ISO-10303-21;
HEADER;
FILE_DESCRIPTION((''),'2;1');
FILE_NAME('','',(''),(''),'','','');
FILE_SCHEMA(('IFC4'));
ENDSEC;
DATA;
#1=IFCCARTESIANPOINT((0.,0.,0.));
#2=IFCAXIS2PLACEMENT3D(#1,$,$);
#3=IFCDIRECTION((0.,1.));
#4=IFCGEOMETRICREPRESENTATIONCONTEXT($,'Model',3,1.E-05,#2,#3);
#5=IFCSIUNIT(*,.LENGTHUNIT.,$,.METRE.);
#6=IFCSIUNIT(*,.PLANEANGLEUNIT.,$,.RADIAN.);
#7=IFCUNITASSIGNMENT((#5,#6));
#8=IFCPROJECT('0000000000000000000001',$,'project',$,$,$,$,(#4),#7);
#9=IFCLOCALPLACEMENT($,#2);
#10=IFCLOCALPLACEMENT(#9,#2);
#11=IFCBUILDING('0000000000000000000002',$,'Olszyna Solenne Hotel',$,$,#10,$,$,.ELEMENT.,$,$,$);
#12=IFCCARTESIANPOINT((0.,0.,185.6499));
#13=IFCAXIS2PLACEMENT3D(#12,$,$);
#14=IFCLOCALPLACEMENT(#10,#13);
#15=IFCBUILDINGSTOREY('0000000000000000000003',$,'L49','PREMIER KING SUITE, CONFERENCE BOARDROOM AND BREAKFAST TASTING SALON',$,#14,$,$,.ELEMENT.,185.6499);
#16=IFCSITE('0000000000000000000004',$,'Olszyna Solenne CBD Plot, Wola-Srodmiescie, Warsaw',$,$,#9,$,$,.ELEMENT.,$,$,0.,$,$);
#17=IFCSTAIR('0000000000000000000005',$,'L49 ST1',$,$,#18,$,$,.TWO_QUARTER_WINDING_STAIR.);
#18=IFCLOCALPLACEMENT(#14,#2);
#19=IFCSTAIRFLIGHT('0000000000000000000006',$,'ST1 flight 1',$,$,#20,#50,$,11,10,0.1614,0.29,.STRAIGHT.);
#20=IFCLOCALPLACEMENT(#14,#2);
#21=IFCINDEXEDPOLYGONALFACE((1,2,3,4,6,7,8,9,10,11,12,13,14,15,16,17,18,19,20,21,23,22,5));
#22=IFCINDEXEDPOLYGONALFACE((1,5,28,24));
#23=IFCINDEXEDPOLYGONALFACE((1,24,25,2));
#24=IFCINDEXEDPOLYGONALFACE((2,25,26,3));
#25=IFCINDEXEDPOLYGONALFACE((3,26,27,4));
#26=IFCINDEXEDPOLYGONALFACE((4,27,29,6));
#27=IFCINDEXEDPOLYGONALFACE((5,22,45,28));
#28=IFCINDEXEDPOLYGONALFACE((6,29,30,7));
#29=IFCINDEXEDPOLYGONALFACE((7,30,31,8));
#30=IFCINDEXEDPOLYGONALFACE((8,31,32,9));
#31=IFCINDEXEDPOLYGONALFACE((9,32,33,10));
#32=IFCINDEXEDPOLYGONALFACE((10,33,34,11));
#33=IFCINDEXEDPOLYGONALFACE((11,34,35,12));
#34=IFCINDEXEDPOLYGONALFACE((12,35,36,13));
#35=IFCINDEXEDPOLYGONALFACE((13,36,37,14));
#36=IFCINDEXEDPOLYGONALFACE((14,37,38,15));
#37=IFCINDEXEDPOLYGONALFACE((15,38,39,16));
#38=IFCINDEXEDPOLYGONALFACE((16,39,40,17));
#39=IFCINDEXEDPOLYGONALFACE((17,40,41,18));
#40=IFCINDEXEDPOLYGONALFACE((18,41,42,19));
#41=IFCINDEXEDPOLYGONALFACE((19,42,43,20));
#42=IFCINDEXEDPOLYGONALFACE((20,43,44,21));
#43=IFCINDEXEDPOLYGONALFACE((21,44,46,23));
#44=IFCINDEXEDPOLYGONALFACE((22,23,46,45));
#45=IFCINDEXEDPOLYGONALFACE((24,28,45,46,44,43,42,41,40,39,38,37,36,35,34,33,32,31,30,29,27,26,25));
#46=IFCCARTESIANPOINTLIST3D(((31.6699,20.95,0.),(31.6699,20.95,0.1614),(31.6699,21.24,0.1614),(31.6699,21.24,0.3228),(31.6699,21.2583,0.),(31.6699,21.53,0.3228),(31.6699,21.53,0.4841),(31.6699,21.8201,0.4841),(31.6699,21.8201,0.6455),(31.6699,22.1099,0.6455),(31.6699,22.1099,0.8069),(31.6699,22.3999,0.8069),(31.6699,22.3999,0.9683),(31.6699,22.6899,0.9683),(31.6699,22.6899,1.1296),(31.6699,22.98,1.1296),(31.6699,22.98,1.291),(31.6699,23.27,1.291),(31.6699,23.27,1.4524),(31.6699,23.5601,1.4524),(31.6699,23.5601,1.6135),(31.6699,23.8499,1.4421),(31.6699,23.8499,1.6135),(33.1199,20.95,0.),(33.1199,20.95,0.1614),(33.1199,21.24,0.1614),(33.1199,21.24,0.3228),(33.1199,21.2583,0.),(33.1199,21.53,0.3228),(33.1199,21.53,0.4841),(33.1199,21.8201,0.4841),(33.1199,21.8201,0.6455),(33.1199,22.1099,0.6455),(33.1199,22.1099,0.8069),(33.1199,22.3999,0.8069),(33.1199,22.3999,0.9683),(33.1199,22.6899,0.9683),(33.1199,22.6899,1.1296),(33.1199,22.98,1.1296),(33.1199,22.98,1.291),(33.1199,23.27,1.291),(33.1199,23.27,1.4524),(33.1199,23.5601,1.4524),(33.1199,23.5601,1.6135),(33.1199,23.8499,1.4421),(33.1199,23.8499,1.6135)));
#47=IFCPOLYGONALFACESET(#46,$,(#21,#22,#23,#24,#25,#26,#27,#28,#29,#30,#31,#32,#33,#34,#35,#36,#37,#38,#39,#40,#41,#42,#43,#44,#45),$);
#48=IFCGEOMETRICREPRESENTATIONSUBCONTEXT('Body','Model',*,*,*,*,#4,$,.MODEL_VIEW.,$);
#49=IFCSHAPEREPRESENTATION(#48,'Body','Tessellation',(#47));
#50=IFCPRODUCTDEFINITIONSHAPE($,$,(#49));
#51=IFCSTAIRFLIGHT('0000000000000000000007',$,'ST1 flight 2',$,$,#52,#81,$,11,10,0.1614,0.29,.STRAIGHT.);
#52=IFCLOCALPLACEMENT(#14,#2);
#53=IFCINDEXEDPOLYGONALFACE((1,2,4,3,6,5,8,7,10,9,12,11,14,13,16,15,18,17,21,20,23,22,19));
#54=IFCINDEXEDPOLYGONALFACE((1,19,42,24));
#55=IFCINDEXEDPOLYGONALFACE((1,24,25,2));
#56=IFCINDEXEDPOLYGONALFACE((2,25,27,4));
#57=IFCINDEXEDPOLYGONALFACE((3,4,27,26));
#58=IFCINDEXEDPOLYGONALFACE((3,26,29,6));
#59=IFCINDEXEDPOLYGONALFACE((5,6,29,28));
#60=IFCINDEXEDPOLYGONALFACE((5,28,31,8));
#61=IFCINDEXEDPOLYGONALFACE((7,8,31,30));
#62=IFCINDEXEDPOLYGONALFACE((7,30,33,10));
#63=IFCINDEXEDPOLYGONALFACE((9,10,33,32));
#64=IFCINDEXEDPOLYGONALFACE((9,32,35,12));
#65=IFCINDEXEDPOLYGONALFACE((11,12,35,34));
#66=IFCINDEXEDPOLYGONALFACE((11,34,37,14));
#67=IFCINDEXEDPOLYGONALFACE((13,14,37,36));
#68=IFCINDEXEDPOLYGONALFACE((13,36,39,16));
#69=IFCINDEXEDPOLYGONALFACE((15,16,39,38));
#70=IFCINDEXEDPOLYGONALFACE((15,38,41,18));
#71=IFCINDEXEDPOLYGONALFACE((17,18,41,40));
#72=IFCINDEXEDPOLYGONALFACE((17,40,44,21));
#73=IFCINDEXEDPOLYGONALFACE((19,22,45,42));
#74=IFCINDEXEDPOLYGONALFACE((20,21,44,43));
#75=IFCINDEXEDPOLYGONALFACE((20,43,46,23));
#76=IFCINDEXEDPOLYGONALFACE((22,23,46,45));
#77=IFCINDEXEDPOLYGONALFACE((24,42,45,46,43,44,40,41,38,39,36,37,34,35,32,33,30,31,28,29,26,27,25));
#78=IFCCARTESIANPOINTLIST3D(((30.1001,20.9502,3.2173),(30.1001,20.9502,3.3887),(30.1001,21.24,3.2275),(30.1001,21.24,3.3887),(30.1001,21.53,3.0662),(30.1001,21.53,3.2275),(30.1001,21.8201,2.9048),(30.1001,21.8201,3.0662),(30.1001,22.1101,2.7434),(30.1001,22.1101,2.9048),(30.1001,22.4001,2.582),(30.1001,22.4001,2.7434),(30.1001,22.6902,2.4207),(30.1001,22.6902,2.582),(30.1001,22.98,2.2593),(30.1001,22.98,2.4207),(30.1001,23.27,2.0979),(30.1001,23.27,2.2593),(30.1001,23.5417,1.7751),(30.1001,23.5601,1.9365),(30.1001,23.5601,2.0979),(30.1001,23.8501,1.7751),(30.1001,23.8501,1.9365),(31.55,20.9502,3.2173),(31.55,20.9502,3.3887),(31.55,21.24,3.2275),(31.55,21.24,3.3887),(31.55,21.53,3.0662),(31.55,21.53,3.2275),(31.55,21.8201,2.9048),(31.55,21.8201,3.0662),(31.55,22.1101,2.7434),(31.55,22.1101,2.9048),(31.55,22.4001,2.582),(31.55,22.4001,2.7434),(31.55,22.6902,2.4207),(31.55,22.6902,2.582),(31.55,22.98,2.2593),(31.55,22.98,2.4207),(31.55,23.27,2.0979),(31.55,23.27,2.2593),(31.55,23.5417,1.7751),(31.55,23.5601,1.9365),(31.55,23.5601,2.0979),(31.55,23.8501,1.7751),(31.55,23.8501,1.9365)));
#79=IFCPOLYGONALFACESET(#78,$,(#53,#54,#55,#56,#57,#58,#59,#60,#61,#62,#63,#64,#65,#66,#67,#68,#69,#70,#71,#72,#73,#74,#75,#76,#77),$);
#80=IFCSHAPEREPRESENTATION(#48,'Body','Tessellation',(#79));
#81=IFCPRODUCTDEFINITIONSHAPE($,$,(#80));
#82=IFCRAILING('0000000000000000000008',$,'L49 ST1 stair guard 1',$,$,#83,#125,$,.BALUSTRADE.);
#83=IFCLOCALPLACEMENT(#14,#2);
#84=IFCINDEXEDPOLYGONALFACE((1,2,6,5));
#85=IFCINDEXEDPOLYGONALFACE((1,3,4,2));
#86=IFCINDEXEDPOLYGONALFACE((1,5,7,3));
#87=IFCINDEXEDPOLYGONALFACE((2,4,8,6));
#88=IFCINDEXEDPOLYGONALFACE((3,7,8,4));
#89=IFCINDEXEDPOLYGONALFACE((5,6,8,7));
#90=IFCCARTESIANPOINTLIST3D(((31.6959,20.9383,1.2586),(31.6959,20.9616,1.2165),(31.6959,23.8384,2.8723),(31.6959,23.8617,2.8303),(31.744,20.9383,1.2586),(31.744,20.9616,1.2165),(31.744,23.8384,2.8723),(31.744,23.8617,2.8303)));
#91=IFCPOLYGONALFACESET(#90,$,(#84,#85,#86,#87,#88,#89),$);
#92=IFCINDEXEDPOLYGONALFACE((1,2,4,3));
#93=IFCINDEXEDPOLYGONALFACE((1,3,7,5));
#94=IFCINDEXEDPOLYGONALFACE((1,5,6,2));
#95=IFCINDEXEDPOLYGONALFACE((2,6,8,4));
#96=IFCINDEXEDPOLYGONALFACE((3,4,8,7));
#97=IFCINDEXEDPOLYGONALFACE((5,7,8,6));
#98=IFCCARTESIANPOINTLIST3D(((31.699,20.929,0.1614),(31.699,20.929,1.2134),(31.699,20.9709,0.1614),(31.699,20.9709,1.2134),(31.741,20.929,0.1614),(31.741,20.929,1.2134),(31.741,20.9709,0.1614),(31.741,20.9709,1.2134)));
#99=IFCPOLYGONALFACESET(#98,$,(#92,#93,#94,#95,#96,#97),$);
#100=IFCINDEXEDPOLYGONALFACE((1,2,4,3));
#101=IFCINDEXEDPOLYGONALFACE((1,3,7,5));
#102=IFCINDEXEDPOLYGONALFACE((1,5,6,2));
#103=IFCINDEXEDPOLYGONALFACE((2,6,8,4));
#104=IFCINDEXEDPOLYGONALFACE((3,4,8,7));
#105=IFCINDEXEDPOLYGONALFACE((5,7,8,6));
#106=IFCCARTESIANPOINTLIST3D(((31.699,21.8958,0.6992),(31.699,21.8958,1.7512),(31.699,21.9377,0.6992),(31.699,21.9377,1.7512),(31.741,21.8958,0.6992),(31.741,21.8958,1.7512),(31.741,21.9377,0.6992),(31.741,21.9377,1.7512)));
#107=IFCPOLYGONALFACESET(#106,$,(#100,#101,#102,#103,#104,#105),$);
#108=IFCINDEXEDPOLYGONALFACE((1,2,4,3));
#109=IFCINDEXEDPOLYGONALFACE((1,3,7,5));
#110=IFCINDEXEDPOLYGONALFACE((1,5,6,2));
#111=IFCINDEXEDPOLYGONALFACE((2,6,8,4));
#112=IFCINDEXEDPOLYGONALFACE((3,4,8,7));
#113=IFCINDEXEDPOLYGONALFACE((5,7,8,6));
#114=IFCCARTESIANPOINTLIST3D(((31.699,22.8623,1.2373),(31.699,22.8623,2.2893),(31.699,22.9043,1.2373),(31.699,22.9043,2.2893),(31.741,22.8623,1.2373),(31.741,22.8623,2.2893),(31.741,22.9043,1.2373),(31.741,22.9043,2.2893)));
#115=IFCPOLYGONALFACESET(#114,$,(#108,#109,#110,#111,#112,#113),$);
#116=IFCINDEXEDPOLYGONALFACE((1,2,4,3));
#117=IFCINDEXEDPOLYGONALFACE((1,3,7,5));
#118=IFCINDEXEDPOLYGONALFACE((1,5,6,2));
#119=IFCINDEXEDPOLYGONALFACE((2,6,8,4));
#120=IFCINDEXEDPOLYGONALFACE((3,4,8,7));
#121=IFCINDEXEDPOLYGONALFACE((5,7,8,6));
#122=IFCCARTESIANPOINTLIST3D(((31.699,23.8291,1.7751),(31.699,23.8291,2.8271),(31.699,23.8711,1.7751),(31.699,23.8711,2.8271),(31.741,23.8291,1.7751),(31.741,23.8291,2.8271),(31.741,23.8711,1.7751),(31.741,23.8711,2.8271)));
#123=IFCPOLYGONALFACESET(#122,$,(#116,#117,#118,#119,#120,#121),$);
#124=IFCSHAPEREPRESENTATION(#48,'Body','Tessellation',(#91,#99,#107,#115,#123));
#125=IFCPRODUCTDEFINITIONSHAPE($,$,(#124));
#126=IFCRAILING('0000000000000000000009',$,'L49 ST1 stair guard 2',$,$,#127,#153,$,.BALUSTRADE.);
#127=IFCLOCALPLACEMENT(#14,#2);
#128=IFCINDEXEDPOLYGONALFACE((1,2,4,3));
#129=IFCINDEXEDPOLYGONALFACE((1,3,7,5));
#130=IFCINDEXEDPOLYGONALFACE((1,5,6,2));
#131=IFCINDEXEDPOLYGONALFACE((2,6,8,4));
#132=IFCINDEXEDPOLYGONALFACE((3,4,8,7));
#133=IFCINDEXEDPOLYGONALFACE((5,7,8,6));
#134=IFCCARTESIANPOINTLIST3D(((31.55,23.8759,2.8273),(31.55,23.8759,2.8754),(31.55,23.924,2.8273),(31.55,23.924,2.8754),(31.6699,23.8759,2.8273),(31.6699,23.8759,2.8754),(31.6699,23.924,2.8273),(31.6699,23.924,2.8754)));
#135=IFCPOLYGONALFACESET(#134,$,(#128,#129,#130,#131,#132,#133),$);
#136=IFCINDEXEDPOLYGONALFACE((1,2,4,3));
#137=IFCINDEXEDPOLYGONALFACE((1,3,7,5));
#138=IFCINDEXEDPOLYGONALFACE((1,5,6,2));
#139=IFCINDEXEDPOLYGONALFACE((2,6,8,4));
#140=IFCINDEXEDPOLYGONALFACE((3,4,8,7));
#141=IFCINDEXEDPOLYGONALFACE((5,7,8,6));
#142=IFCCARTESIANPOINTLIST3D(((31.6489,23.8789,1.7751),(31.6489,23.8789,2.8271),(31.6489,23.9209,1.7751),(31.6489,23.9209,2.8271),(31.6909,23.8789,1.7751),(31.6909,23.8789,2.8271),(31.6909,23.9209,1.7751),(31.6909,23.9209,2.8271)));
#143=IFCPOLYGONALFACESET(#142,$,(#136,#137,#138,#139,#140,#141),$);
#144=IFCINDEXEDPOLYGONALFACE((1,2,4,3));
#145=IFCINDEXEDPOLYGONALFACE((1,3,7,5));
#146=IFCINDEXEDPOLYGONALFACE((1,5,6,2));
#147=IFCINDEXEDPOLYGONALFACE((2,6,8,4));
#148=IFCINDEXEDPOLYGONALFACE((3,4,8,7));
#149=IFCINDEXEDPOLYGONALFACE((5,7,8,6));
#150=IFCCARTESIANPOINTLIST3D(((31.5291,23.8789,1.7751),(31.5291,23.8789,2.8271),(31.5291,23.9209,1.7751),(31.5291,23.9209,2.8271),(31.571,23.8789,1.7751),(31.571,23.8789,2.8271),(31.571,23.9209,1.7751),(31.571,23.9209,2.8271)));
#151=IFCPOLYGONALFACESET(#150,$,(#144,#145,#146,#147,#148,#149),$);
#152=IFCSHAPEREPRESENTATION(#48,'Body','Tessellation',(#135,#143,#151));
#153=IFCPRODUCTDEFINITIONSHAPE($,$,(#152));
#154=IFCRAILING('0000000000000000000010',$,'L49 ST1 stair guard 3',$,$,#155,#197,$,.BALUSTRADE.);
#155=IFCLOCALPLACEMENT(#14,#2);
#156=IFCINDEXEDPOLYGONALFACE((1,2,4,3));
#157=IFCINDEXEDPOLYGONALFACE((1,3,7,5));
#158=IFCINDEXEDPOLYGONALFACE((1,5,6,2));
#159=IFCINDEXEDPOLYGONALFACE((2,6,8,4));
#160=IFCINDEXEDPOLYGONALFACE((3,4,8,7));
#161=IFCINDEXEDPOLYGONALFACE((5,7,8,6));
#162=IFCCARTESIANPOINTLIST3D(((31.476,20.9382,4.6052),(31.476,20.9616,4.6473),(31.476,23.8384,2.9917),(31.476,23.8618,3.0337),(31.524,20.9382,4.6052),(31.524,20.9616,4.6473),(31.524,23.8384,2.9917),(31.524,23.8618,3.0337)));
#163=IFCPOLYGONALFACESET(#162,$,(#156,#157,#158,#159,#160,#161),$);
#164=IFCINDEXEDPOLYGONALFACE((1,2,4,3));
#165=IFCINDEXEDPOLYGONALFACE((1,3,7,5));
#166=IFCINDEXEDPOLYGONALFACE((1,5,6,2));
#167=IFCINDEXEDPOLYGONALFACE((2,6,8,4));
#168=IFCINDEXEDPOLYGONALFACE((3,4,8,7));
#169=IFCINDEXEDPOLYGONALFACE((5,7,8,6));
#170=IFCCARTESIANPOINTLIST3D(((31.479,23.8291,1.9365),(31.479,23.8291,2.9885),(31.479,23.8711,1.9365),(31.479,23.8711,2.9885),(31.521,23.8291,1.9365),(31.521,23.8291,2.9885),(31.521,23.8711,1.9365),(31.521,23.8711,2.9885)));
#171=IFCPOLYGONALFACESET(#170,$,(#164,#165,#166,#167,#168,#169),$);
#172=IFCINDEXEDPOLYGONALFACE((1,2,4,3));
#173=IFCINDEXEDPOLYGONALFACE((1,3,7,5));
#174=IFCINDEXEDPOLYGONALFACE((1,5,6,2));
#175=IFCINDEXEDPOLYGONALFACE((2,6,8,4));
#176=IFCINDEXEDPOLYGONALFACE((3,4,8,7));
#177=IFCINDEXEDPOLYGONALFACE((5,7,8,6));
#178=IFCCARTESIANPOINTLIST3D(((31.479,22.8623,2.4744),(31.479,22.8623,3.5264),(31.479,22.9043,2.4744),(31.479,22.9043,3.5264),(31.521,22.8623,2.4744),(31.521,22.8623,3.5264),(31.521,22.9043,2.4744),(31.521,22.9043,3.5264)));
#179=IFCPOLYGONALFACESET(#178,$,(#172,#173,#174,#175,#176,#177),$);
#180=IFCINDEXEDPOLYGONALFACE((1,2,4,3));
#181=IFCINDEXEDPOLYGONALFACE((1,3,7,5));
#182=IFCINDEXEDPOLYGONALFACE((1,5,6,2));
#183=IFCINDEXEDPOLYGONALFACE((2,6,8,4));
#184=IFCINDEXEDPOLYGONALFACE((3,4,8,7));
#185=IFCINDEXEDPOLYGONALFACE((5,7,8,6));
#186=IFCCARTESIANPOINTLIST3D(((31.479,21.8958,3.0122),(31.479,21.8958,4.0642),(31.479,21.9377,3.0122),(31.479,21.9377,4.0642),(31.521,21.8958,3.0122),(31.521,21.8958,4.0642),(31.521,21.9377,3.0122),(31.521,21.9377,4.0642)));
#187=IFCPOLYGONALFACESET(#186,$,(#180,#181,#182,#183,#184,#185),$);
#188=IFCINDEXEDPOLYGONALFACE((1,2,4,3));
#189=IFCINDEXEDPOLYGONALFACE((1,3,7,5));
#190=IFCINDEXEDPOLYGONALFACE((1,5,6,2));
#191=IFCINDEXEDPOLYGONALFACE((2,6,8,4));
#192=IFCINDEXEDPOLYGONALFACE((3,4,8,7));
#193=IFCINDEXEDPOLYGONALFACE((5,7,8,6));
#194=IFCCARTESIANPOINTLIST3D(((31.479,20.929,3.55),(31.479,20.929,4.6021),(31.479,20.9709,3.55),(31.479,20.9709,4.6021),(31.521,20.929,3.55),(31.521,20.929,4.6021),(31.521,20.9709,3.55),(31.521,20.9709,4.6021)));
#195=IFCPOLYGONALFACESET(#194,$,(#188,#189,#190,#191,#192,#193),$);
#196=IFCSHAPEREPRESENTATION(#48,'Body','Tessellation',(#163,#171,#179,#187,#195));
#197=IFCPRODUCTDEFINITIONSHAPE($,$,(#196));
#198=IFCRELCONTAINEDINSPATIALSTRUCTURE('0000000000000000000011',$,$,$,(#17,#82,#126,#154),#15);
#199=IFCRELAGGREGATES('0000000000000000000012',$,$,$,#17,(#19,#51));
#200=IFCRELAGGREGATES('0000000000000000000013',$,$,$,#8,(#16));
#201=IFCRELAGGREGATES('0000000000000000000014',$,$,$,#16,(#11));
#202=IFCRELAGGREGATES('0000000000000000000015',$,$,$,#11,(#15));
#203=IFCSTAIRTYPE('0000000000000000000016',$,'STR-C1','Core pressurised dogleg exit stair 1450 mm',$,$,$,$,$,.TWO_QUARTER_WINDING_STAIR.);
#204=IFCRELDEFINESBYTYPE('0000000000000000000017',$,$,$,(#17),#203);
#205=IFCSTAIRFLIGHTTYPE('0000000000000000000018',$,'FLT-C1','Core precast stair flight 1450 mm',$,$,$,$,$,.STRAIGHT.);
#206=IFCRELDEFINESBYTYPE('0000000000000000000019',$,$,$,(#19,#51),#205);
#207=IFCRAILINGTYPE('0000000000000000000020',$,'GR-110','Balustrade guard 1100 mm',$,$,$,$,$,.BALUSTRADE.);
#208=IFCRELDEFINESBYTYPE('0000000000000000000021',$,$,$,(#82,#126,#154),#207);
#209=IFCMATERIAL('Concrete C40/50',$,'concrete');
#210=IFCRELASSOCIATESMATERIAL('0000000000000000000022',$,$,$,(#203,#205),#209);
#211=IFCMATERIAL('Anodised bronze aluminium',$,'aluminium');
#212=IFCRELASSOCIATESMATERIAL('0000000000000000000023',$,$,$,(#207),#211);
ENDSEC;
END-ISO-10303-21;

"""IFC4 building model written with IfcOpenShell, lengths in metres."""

from ifc_helpers import new_model, si_unit, direction, frame, origin, origin_2d, place, context, subcontext, project, spatial, polyline, rectangle, outline, extrude, material, type_object, element, aggregate, save


model = new_model("IFC4")

# Units and contexts
model_context = context("Model", 3, precision=1e-05, world=origin(), true_north=direction((0.0, 1.0)))
body_context = subcontext(model_context, "Body", "Model", "MODEL_VIEW")
ifc_project = project(units=[si_unit("LENGTHUNIT", "METRE"), si_unit("PLANEANGLEUNIT", "RADIAN")], contexts=[model_context])

# Site, building, storey
site_placement = place(None, origin())
site = spatial("IfcSite", under=ifc_project, at=site_placement, Name="Olszyna Solenne CBD Plot, Wola-Srodmiescie, Warsaw", CompositionType="ELEMENT", RefElevation=0.0)
building_placement = place(site_placement, origin())
building = spatial("IfcBuilding", under=site, at=building_placement, Name="Olszyna Solenne Hotel", CompositionType="ELEMENT")
storey_placement = place(building_placement, frame((0.0, 0.0, 185.6499)))
storey = spatial("IfcBuildingStorey", under=building, at=storey_placement, Name="L49", Description="PREMIER KING SUITE, CONFERENCE BOARDROOM AND BREAKFAST TASTING SALON", CompositionType="ELEMENT", Elevation=185.6499)

# Stair, stair flights
ifc_material_1 = material(Name="Concrete C40/50", Category="concrete")
stair_type = type_object("IfcStairType", Name="STR-C1", Description="Core pressurised dogleg exit stair 1450 mm", PredefinedType="TWO_QUARTER_WINDING_STAIR", material=ifc_material_1)
stair_placement = place(storey_placement, origin())
stair = element("IfcStair", 1, at=stair_placement, inside=storey, type_object=stair_type, Name="L49 ST1", PredefinedType="TWO_QUARTER_WINDING_STAIR")
stair_flight_type = type_object("IfcStairFlightType", Name="FLT-C1", Description="Core precast stair flight 1450 mm", PredefinedType="STRAIGHT", material=ifc_material_1)
stair_flight_1_placement = place(storey_placement, frame((32.395, 20.95, 0.0), z_axis=(0.0, 0.0, 1.0), x_axis=(0.0, 1.0, 0.0)))
stair_flight_1 = element("IfcStairFlight", 2, at=stair_flight_1_placement, type_object=stair_flight_type, Name="ST1 flight 1", NumberOfRisers=11, NumberOfTreads=10, PredefinedType="STRAIGHT", RiserHeight=0.1614, TreadLength=0.29, context=body_context, shape_type="SweptSolid", body=[
    extrude(outline(polyline([(0.0, 0.0), (0.0, 0.1614), (0.29, 0.1614), (0.29, 0.3228), (0.5801, 0.3228), (0.5801, 0.4841), (0.8701, 0.4841), (0.8701, 0.6455), (1.1599, 0.6455), (1.1599, 0.8069), (1.45, 0.8069), (1.45, 0.9683), (1.74, 0.9683), (1.74, 1.1296), (2.03, 1.1296), (2.03, 1.291), (2.3201, 1.291), (2.3201, 1.4524), (2.6101, 1.4524), (2.6101, 1.6135), (2.8999, 1.6135), (2.8999, 1.7749), (2.8999, 1.4421), (0.3083, 0.0), (0.0, 0.0)])), frame((0.0, 0.7251, 0.0), z_axis=(0.0, -1.0, 0.0), x_axis=(1.0, 0.0, 0.0)), (0.0, 0.0, 1.0), 1.45),
])
stair_flight_2_placement = place(storey_placement, frame((30.825, 23.8501, 1.7751), z_axis=(0.0, 0.0, 1.0), x_axis=(0.0, -1.0, 0.0)))
stair_flight_2 = element("IfcStairFlight", 3, at=stair_flight_2_placement, type_object=stair_flight_type, Name="ST1 flight 2", NumberOfRisers=11, NumberOfTreads=10, PredefinedType="STRAIGHT", RiserHeight=0.1614, TreadLength=0.29, context=body_context, shape_type="SweptSolid", body=[
    extrude(outline(polyline([(0.0, 0.0), (0.0, 0.1614), (0.29, 0.1614), (0.29, 0.3228), (0.5801, 0.3228), (0.5801, 0.4841), (0.8701, 0.4841), (0.8701, 0.6455), (1.1599, 0.6455), (1.1599, 0.8069), (1.45, 0.8069), (1.45, 0.9683), (1.74, 0.9683), (1.74, 1.1296), (2.03, 1.1296), (2.03, 1.291), (2.3201, 1.291), (2.3201, 1.4524), (2.6101, 1.4524), (2.6101, 1.6135), (2.8999, 1.6135), (2.8999, 1.7749), (2.8999, 1.4421), (0.3083, 0.0), (0.0, 0.0)])), frame((0.0, 0.7251, 0.0), z_axis=(0.0, -1.0, 0.0), x_axis=(1.0, 0.0, 0.0)), (0.0, 0.0, 1.0), 1.45),
])
aggregate(stair, [stair_flight_1, stair_flight_2])

# Railings
ifc_material_2 = material(Name="Anodised bronze aluminium", Category="aluminium")
railing_type_1 = type_object("IfcRailingType", Name="GR-110", Description="Balustrade guard 1100 mm", PredefinedType="BALUSTRADE", material=ifc_material_2)
railing_1_placement = place(storey_placement, frame((31.72, 20.95, 0.1614)))
element("IfcRailing", 4, at=railing_1_placement, inside=storey, type_object=railing_type_1, Name="L49 ST1 stair guard 1", PredefinedType="BALUSTRADE", context=body_context, shape_type="SweptSolid", body=[
    extrude(rectangle(XDim=0.0481, YDim=0.0481, at=origin_2d()), frame((0.0, 0.0, 1.0762), z_axis=(0.0, 0.873827, 0.486236), x_axis=(-1.0, 0.0, 0.0)), (0.0, 0.0, 1.0), 3.3188),
    extrude(rectangle(XDim=0.042, YDim=0.042, at=origin_2d()), origin(), (0.0, 0.0, 1.0), 1.052),
    extrude(rectangle(XDim=0.042, YDim=0.042, at=origin_2d()), frame((0.0, 0.9668, 0.5378)), (0.0, 0.0, 1.0), 1.052),
    extrude(rectangle(XDim=0.042, YDim=0.042, at=origin_2d()), frame((0.0, 1.9333, 1.0759)), (0.0, 0.0, 1.0), 1.052),
    extrude(rectangle(XDim=0.042, YDim=0.042, at=origin_2d()), frame((0.0, 2.9001, 1.6138)), (0.0, 0.0, 1.0), 1.052),
])
railing_2_placement = place(storey_placement, frame((31.6699, 23.8999, 1.7751)))
element("IfcRailing", 5, at=railing_2_placement, inside=storey, type_object=railing_type_1, Name="L49 ST1 stair guard 2", PredefinedType="BALUSTRADE", context=body_context, shape_type="SweptSolid", body=[
    extrude(rectangle(XDim=0.0481, YDim=0.0481, at=origin_2d()), frame((0.0, 0.0, 1.0762), z_axis=(-1.0, 0.0, 0.0), x_axis=(0.0, -1.0, 0.0)), (0.0, 0.0, 1.0), 0.1199),
    extrude(rectangle(XDim=0.042, YDim=0.042, at=origin_2d()), origin(), (0.0, 0.0, 1.0), 1.052),
    extrude(rectangle(XDim=0.042, YDim=0.042, at=origin_2d()), frame((-0.1199, 0.0, 0.0)), (0.0, 0.0, 1.0), 1.052),
])
railing_3_placement = place(storey_placement, frame((31.5, 23.8501, 1.9365)))
element("IfcRailing", 6, at=railing_3_placement, inside=storey, type_object=railing_type_1, Name="L49 ST1 stair guard 3", PredefinedType="BALUSTRADE", context=body_context, shape_type="SweptSolid", body=[
    extrude(rectangle(XDim=0.0481, YDim=0.0481, at=origin_2d()), frame((0.0, 0.0, 1.0762), z_axis=(0.0, -0.873859, 0.48618), x_axis=(1.0, 0.0, 0.0)), (0.0, 0.0, 1.0), 3.3188),
    extrude(rectangle(XDim=0.042, YDim=0.042, at=origin_2d()), origin(), (0.0, 0.0, 1.0), 1.052),
    extrude(rectangle(XDim=0.042, YDim=0.042, at=origin_2d()), frame((0.0, -0.9668, 0.5378)), (0.0, 0.0, 1.0), 1.052),
    extrude(rectangle(XDim=0.042, YDim=0.042, at=origin_2d()), frame((0.0, -1.9333, 1.0757)), (0.0, 0.0, 1.0), 1.052),
    extrude(rectangle(XDim=0.042, YDim=0.042, at=origin_2d()), frame((0.0, -2.9001, 1.6135)), (0.0, 0.0, 1.0), 1.052),
])

save(model, "model.ifc")
